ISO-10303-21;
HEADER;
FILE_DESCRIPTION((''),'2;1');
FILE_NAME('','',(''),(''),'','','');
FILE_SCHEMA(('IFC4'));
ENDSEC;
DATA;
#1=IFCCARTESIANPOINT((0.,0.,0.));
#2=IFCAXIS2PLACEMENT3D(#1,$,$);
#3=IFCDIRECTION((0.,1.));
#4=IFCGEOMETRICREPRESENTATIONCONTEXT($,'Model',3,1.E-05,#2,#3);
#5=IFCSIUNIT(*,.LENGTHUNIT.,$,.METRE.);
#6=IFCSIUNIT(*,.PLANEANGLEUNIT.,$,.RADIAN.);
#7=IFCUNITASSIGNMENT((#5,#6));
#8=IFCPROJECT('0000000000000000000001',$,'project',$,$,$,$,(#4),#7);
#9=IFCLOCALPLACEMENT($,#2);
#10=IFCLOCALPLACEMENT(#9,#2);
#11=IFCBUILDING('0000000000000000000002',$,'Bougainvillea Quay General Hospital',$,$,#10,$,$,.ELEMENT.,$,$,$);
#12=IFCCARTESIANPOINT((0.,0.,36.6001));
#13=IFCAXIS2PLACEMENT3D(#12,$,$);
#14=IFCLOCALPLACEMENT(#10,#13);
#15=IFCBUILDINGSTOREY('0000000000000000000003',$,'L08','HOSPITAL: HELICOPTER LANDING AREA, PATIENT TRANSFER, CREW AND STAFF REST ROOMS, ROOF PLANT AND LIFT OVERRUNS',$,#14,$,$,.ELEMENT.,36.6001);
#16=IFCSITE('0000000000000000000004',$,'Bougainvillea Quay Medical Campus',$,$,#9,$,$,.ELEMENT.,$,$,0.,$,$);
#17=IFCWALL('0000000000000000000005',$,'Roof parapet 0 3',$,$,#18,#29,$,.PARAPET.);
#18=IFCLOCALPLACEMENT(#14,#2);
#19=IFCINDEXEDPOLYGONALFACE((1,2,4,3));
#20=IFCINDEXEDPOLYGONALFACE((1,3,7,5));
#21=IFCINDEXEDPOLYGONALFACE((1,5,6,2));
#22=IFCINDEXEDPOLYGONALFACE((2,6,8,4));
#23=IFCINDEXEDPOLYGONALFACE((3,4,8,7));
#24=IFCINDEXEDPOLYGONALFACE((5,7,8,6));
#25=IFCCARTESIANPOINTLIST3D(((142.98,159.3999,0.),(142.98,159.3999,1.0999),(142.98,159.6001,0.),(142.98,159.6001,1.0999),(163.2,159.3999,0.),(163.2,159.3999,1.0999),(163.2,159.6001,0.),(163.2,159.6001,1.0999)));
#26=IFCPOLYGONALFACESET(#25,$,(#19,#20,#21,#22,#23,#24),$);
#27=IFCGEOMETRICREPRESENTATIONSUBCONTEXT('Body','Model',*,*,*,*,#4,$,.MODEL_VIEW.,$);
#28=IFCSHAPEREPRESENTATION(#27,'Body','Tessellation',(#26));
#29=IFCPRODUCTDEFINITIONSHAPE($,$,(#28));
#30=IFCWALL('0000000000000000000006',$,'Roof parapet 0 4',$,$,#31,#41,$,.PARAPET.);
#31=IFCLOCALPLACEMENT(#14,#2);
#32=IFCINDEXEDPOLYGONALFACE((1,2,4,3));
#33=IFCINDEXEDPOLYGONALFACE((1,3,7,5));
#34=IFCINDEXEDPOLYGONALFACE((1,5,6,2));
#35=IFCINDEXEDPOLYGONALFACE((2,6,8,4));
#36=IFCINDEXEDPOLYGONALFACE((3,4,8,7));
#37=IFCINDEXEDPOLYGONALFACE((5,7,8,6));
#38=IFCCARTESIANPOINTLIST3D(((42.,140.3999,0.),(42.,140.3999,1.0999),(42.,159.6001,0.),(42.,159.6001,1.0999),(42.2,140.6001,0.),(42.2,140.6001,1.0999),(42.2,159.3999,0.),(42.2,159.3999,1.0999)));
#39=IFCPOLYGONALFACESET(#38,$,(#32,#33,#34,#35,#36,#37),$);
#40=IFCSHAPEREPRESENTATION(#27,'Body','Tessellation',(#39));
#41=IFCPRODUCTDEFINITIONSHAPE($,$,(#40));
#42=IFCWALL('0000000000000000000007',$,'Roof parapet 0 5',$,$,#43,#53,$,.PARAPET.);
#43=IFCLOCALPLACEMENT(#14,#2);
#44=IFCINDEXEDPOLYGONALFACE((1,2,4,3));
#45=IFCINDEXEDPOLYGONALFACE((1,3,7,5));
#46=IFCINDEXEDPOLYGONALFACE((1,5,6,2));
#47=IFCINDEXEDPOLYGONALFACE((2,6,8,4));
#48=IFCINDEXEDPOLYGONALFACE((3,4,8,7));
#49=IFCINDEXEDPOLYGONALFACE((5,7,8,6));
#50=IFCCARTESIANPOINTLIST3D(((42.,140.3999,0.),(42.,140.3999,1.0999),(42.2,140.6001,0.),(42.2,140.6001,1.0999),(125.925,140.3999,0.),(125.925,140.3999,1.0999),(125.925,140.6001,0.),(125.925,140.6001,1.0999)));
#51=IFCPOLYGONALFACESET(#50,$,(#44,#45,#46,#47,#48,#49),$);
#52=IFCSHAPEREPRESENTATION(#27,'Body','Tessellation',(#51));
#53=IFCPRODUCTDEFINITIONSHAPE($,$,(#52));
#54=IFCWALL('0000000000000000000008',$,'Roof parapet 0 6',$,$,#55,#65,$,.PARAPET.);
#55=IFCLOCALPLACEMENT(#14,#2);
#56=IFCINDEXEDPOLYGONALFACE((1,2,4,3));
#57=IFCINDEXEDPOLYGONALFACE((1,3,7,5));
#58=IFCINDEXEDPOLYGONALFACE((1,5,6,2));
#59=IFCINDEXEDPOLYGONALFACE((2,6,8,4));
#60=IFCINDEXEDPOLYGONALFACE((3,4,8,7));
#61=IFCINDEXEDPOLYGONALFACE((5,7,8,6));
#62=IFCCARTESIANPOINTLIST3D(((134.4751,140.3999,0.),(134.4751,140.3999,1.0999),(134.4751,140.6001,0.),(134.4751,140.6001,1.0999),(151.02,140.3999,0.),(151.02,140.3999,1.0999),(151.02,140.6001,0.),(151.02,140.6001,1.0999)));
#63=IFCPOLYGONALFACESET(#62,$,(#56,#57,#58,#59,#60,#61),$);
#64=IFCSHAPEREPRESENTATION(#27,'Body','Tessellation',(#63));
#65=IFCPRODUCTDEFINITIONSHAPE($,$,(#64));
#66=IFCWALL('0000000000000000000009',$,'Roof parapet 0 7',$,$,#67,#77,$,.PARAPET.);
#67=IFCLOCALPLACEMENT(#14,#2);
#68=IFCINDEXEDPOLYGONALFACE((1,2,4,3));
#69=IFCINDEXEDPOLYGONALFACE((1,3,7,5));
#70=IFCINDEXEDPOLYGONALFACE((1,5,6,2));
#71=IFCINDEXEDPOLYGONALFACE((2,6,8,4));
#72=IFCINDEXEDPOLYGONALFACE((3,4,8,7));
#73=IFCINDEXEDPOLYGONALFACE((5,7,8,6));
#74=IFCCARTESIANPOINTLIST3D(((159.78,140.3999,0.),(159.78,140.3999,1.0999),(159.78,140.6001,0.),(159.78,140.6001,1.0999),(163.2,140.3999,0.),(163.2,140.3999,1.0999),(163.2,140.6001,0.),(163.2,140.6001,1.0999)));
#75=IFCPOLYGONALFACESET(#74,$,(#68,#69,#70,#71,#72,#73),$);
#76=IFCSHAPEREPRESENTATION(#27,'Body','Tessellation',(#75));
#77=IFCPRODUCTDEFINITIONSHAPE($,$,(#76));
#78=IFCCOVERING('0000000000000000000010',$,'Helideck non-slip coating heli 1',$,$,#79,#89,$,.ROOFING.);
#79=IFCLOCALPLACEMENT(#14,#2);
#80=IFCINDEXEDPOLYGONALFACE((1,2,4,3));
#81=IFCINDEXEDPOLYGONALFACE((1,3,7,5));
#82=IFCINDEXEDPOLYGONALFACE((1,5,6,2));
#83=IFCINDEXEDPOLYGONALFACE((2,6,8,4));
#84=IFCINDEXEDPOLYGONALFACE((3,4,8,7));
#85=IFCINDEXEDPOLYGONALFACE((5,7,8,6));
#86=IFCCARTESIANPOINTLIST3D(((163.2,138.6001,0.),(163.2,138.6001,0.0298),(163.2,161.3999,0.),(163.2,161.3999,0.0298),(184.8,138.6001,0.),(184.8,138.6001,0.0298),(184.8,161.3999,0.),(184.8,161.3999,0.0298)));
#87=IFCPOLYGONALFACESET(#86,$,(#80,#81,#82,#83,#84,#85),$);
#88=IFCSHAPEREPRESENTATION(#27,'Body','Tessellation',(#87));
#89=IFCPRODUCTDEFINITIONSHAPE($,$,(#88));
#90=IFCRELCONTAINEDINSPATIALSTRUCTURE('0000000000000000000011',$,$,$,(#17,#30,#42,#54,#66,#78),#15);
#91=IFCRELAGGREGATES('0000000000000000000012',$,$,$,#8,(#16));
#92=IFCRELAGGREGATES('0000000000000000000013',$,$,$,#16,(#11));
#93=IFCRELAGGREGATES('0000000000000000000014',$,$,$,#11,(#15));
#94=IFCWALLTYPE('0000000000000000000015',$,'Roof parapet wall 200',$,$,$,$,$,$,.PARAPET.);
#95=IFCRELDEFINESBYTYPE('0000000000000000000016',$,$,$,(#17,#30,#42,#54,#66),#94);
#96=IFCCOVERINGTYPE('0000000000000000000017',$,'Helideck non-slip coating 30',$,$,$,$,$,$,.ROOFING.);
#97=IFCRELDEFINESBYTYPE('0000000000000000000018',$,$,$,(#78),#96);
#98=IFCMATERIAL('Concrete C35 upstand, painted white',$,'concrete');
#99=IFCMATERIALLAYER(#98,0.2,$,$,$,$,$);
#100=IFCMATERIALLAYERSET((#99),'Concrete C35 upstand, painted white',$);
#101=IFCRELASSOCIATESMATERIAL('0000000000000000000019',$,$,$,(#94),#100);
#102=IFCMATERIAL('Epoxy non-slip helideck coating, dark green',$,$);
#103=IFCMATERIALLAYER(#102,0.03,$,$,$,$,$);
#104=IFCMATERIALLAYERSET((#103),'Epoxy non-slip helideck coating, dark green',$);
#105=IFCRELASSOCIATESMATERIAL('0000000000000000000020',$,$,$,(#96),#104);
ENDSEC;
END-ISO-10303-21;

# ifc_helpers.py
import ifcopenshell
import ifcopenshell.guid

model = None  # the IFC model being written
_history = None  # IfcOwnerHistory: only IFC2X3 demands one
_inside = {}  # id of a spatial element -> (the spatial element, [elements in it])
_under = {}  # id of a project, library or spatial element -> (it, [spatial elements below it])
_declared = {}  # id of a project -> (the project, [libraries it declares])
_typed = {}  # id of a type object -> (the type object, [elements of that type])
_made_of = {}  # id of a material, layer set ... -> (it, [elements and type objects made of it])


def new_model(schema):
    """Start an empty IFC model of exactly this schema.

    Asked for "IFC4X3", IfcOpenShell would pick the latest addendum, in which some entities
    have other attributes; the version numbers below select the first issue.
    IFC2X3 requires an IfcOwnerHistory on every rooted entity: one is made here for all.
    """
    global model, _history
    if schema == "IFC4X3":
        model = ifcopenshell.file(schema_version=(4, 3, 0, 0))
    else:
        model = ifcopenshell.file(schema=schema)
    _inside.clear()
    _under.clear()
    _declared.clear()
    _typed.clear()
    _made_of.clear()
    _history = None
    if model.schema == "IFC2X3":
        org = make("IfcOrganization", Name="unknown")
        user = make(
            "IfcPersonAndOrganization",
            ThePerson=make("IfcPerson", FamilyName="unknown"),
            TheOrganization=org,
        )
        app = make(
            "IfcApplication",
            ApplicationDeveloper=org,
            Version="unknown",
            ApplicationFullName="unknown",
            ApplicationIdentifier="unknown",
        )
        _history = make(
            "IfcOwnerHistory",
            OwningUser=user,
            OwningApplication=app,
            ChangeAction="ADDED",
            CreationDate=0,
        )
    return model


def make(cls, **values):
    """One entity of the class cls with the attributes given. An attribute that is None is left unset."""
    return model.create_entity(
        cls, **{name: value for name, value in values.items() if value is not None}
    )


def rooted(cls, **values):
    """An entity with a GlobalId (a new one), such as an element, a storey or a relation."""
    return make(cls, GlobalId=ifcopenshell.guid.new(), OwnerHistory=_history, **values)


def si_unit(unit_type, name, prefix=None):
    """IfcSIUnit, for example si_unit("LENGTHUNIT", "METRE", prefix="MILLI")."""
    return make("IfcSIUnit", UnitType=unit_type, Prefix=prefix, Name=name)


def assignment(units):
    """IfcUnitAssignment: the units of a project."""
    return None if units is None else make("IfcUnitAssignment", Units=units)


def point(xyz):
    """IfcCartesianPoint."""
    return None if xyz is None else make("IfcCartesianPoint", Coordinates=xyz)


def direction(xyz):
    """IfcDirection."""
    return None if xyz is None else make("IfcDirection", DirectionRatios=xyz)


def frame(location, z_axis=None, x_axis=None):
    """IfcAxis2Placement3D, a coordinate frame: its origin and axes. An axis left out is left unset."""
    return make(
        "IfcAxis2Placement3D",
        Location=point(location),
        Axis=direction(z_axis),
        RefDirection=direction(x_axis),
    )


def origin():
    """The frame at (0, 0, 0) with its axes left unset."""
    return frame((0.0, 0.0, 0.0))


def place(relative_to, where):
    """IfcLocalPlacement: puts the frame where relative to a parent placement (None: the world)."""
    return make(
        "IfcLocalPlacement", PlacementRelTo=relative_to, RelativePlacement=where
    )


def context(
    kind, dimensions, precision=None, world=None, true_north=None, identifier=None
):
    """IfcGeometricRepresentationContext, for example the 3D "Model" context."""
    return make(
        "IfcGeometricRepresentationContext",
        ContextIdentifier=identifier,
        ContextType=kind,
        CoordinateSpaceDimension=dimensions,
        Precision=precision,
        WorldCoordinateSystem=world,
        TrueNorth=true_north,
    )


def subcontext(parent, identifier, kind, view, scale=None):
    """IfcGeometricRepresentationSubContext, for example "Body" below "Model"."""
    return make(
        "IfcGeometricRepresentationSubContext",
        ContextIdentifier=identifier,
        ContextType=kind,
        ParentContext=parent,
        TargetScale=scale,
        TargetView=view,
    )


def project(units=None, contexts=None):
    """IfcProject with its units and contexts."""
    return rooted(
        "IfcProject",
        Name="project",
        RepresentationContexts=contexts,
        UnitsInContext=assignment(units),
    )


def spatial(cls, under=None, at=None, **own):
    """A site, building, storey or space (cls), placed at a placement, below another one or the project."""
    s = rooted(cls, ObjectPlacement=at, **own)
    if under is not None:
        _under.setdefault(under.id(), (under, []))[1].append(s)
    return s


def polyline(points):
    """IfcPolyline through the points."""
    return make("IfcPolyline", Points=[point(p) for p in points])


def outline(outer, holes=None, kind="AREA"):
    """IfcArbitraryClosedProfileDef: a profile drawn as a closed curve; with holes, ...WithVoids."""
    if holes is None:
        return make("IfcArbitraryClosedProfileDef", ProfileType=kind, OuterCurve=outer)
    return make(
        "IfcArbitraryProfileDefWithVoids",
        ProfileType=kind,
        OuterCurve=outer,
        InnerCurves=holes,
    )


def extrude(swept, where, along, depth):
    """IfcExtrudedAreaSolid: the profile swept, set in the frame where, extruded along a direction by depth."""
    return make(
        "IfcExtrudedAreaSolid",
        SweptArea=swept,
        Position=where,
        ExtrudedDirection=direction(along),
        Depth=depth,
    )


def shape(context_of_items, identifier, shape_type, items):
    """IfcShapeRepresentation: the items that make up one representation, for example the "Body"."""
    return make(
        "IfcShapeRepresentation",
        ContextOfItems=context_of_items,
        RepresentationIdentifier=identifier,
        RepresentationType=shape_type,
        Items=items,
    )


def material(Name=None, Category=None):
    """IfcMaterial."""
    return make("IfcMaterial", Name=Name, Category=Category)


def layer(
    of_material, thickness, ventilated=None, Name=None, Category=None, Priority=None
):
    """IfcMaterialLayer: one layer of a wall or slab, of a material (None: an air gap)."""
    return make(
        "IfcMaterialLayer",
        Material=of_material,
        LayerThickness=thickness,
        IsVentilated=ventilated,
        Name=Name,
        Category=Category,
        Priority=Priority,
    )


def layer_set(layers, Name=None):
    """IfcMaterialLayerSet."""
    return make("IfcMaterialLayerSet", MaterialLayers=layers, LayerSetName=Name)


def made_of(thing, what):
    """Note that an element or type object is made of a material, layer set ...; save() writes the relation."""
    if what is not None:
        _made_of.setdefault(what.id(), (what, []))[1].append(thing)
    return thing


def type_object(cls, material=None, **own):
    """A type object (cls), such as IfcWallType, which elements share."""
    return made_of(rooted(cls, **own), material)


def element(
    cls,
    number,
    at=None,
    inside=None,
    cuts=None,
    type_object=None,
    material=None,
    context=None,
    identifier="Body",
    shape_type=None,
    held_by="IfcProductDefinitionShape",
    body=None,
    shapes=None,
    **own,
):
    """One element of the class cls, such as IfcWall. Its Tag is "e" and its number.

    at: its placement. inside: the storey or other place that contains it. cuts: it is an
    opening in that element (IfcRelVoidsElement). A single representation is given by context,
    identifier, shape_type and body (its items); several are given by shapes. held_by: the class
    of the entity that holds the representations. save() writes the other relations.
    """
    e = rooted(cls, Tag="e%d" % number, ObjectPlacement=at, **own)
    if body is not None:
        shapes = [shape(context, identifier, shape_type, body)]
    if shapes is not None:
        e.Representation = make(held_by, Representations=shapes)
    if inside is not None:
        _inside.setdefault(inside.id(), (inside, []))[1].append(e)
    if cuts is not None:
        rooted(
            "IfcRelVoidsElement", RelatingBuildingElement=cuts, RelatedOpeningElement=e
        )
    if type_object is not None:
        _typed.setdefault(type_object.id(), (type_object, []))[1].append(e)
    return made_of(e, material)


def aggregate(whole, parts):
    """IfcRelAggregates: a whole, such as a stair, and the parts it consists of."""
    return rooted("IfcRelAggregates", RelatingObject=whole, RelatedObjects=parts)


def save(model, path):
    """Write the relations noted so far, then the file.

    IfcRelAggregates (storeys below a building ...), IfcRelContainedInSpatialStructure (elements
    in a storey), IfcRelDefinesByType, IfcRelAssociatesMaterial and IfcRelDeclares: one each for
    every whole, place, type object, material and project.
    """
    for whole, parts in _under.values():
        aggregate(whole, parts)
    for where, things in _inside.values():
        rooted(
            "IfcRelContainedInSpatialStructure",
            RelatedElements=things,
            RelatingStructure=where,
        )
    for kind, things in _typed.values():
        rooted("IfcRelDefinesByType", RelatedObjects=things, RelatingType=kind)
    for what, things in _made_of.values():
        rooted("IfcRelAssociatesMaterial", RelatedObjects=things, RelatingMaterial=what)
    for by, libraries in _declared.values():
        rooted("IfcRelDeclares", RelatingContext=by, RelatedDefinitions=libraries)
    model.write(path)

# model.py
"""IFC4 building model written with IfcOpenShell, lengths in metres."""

from ifc_helpers import new_model, si_unit, direction, frame, origin, place, context, subcontext, project, spatial, polyline, outline, extrude, material, layer, layer_set, type_object, element, save


model = new_model("IFC4")

# Units and contexts
model_context = context("Model", 3, precision=1e-05, world=origin(), true_north=direction((0.0, 1.0)))
body_context = subcontext(model_context, "Body", "Model", "MODEL_VIEW")
ifc_project = project(units=[si_unit("LENGTHUNIT", "METRE"), si_unit("PLANEANGLEUNIT", "RADIAN")], contexts=[model_context])

# Site, building, storey
site_placement = place(None, origin())
site = spatial("IfcSite", under=ifc_project, at=site_placement, Name="Bougainvillea Quay Medical Campus", CompositionType="ELEMENT", RefElevation=0.0)
building_placement = place(site_placement, origin())
building = spatial("IfcBuilding", under=site, at=building_placement, Name="Bougainvillea Quay General Hospital", CompositionType="ELEMENT")
storey_placement = place(building_placement, frame((0.0, 0.0, 36.6001)))
storey = spatial("IfcBuildingStorey", under=building, at=storey_placement, Name="L08", Description="HOSPITAL: HELICOPTER LANDING AREA, PATIENT TRANSFER, CREW AND STAFF REST ROOMS, ROOF PLANT AND LIFT OVERRUNS", CompositionType="ELEMENT", Elevation=36.6001)

# Walls
ifc_material_1 = material(Name="Concrete C35 upstand, painted white", Category="concrete")
ifc_layer_1 = layer(ifc_material_1, 0.2)
ifc_layer_set_1 = layer_set([ifc_layer_1], Name="Concrete C35 upstand, painted white")
wall_type_1 = type_object("IfcWallType", Name="Roof parapet wall 200", PredefinedType="PARAPET", material=ifc_layer_set_1)
wall_1_placement = place(storey_placement, origin())
element("IfcWall", 1, at=wall_1_placement, inside=storey, type_object=wall_type_1, Name="Roof parapet 0 3", PredefinedType="PARAPET", context=body_context, shape_type="SweptSolid", body=[
    extrude(outline(polyline([(163.2, 159.6001), (163.2, 159.3999), (142.98, 159.3999), (142.98, 159.6001), (163.2, 159.6001)])), origin(), (0.0, 0.0, 1.0), 1.0999),
])
wall_2_placement = place(storey_placement, origin())
element("IfcWall", 2, at=wall_2_placement, inside=storey, type_object=wall_type_1, Name="Roof parapet 0 4", PredefinedType="PARAPET", context=body_context, shape_type="SweptSolid", body=[
    extrude(outline(polyline([(42.2, 140.6001), (42.0, 140.3999), (42.0, 159.6001), (42.2, 159.3999), (42.2, 140.6001)])), origin(), (0.0, 0.0, 1.0), 1.0999),
])
wall_3_placement = place(storey_placement, origin())
element("IfcWall", 3, at=wall_3_placement, inside=storey, type_object=wall_type_1, Name="Roof parapet 0 5", PredefinedType="PARAPET", context=body_context, shape_type="SweptSolid", body=[
    extrude(outline(polyline([(42.2, 140.6001), (125.925, 140.6001), (125.925, 140.3999), (42.0, 140.3999), (42.2, 140.6001)])), origin(), (0.0, 0.0, 1.0), 1.0999),
])
wall_4_placement = place(storey_placement, origin())
element("IfcWall", 4, at=wall_4_placement, inside=storey, type_object=wall_type_1, Name="Roof parapet 0 6", PredefinedType="PARAPET", context=body_context, shape_type="SweptSolid", body=[
    extrude(outline(polyline([(151.02, 140.6001), (151.02, 140.3999), (134.4751, 140.3999), (134.4751, 140.6001), (151.02, 140.6001)])), origin(), (0.0, 0.0, 1.0), 1.0999),
])
wall_5_placement = place(storey_placement, origin())
element("IfcWall", 5, at=wall_5_placement, inside=storey, type_object=wall_type_1, Name="Roof parapet 0 7", PredefinedType="PARAPET", context=body_context, shape_type="SweptSolid", body=[
    extrude(outline(polyline([(163.2, 140.6001), (163.2, 140.3999), (159.78, 140.3999), (159.78, 140.6001), (163.2, 140.6001)])), origin(), (0.0, 0.0, 1.0), 1.0999),
])

# Covering
ifc_material_2 = material(Name="Epoxy non-slip helideck coating, dark green")
ifc_layer_2 = layer(ifc_material_2, 0.03)
ifc_layer_set_2 = layer_set([ifc_layer_2], Name="Epoxy non-slip helideck coating, dark green")
covering_type_1 = type_object("IfcCoveringType", Name="Helideck non-slip coating 30", PredefinedType="ROOFING", material=ifc_layer_set_2)
covering_1_placement = place(storey_placement, origin())
element("IfcCovering", 6, at=covering_1_placement, inside=storey, type_object=covering_type_1, Name="Helideck non-slip coating heli 1", PredefinedType="ROOFING", context=body_context, shape_type="SweptSolid", body=[
    extrude(outline(polyline([(184.8, 138.6001), (184.8, 161.3999), (163.2, 161.3999), (163.2, 138.6001), (184.8, 138.6001)])), origin(), (0.0, 0.0, 1.0), 0.0298),
])

save(model, "model.ifc")
